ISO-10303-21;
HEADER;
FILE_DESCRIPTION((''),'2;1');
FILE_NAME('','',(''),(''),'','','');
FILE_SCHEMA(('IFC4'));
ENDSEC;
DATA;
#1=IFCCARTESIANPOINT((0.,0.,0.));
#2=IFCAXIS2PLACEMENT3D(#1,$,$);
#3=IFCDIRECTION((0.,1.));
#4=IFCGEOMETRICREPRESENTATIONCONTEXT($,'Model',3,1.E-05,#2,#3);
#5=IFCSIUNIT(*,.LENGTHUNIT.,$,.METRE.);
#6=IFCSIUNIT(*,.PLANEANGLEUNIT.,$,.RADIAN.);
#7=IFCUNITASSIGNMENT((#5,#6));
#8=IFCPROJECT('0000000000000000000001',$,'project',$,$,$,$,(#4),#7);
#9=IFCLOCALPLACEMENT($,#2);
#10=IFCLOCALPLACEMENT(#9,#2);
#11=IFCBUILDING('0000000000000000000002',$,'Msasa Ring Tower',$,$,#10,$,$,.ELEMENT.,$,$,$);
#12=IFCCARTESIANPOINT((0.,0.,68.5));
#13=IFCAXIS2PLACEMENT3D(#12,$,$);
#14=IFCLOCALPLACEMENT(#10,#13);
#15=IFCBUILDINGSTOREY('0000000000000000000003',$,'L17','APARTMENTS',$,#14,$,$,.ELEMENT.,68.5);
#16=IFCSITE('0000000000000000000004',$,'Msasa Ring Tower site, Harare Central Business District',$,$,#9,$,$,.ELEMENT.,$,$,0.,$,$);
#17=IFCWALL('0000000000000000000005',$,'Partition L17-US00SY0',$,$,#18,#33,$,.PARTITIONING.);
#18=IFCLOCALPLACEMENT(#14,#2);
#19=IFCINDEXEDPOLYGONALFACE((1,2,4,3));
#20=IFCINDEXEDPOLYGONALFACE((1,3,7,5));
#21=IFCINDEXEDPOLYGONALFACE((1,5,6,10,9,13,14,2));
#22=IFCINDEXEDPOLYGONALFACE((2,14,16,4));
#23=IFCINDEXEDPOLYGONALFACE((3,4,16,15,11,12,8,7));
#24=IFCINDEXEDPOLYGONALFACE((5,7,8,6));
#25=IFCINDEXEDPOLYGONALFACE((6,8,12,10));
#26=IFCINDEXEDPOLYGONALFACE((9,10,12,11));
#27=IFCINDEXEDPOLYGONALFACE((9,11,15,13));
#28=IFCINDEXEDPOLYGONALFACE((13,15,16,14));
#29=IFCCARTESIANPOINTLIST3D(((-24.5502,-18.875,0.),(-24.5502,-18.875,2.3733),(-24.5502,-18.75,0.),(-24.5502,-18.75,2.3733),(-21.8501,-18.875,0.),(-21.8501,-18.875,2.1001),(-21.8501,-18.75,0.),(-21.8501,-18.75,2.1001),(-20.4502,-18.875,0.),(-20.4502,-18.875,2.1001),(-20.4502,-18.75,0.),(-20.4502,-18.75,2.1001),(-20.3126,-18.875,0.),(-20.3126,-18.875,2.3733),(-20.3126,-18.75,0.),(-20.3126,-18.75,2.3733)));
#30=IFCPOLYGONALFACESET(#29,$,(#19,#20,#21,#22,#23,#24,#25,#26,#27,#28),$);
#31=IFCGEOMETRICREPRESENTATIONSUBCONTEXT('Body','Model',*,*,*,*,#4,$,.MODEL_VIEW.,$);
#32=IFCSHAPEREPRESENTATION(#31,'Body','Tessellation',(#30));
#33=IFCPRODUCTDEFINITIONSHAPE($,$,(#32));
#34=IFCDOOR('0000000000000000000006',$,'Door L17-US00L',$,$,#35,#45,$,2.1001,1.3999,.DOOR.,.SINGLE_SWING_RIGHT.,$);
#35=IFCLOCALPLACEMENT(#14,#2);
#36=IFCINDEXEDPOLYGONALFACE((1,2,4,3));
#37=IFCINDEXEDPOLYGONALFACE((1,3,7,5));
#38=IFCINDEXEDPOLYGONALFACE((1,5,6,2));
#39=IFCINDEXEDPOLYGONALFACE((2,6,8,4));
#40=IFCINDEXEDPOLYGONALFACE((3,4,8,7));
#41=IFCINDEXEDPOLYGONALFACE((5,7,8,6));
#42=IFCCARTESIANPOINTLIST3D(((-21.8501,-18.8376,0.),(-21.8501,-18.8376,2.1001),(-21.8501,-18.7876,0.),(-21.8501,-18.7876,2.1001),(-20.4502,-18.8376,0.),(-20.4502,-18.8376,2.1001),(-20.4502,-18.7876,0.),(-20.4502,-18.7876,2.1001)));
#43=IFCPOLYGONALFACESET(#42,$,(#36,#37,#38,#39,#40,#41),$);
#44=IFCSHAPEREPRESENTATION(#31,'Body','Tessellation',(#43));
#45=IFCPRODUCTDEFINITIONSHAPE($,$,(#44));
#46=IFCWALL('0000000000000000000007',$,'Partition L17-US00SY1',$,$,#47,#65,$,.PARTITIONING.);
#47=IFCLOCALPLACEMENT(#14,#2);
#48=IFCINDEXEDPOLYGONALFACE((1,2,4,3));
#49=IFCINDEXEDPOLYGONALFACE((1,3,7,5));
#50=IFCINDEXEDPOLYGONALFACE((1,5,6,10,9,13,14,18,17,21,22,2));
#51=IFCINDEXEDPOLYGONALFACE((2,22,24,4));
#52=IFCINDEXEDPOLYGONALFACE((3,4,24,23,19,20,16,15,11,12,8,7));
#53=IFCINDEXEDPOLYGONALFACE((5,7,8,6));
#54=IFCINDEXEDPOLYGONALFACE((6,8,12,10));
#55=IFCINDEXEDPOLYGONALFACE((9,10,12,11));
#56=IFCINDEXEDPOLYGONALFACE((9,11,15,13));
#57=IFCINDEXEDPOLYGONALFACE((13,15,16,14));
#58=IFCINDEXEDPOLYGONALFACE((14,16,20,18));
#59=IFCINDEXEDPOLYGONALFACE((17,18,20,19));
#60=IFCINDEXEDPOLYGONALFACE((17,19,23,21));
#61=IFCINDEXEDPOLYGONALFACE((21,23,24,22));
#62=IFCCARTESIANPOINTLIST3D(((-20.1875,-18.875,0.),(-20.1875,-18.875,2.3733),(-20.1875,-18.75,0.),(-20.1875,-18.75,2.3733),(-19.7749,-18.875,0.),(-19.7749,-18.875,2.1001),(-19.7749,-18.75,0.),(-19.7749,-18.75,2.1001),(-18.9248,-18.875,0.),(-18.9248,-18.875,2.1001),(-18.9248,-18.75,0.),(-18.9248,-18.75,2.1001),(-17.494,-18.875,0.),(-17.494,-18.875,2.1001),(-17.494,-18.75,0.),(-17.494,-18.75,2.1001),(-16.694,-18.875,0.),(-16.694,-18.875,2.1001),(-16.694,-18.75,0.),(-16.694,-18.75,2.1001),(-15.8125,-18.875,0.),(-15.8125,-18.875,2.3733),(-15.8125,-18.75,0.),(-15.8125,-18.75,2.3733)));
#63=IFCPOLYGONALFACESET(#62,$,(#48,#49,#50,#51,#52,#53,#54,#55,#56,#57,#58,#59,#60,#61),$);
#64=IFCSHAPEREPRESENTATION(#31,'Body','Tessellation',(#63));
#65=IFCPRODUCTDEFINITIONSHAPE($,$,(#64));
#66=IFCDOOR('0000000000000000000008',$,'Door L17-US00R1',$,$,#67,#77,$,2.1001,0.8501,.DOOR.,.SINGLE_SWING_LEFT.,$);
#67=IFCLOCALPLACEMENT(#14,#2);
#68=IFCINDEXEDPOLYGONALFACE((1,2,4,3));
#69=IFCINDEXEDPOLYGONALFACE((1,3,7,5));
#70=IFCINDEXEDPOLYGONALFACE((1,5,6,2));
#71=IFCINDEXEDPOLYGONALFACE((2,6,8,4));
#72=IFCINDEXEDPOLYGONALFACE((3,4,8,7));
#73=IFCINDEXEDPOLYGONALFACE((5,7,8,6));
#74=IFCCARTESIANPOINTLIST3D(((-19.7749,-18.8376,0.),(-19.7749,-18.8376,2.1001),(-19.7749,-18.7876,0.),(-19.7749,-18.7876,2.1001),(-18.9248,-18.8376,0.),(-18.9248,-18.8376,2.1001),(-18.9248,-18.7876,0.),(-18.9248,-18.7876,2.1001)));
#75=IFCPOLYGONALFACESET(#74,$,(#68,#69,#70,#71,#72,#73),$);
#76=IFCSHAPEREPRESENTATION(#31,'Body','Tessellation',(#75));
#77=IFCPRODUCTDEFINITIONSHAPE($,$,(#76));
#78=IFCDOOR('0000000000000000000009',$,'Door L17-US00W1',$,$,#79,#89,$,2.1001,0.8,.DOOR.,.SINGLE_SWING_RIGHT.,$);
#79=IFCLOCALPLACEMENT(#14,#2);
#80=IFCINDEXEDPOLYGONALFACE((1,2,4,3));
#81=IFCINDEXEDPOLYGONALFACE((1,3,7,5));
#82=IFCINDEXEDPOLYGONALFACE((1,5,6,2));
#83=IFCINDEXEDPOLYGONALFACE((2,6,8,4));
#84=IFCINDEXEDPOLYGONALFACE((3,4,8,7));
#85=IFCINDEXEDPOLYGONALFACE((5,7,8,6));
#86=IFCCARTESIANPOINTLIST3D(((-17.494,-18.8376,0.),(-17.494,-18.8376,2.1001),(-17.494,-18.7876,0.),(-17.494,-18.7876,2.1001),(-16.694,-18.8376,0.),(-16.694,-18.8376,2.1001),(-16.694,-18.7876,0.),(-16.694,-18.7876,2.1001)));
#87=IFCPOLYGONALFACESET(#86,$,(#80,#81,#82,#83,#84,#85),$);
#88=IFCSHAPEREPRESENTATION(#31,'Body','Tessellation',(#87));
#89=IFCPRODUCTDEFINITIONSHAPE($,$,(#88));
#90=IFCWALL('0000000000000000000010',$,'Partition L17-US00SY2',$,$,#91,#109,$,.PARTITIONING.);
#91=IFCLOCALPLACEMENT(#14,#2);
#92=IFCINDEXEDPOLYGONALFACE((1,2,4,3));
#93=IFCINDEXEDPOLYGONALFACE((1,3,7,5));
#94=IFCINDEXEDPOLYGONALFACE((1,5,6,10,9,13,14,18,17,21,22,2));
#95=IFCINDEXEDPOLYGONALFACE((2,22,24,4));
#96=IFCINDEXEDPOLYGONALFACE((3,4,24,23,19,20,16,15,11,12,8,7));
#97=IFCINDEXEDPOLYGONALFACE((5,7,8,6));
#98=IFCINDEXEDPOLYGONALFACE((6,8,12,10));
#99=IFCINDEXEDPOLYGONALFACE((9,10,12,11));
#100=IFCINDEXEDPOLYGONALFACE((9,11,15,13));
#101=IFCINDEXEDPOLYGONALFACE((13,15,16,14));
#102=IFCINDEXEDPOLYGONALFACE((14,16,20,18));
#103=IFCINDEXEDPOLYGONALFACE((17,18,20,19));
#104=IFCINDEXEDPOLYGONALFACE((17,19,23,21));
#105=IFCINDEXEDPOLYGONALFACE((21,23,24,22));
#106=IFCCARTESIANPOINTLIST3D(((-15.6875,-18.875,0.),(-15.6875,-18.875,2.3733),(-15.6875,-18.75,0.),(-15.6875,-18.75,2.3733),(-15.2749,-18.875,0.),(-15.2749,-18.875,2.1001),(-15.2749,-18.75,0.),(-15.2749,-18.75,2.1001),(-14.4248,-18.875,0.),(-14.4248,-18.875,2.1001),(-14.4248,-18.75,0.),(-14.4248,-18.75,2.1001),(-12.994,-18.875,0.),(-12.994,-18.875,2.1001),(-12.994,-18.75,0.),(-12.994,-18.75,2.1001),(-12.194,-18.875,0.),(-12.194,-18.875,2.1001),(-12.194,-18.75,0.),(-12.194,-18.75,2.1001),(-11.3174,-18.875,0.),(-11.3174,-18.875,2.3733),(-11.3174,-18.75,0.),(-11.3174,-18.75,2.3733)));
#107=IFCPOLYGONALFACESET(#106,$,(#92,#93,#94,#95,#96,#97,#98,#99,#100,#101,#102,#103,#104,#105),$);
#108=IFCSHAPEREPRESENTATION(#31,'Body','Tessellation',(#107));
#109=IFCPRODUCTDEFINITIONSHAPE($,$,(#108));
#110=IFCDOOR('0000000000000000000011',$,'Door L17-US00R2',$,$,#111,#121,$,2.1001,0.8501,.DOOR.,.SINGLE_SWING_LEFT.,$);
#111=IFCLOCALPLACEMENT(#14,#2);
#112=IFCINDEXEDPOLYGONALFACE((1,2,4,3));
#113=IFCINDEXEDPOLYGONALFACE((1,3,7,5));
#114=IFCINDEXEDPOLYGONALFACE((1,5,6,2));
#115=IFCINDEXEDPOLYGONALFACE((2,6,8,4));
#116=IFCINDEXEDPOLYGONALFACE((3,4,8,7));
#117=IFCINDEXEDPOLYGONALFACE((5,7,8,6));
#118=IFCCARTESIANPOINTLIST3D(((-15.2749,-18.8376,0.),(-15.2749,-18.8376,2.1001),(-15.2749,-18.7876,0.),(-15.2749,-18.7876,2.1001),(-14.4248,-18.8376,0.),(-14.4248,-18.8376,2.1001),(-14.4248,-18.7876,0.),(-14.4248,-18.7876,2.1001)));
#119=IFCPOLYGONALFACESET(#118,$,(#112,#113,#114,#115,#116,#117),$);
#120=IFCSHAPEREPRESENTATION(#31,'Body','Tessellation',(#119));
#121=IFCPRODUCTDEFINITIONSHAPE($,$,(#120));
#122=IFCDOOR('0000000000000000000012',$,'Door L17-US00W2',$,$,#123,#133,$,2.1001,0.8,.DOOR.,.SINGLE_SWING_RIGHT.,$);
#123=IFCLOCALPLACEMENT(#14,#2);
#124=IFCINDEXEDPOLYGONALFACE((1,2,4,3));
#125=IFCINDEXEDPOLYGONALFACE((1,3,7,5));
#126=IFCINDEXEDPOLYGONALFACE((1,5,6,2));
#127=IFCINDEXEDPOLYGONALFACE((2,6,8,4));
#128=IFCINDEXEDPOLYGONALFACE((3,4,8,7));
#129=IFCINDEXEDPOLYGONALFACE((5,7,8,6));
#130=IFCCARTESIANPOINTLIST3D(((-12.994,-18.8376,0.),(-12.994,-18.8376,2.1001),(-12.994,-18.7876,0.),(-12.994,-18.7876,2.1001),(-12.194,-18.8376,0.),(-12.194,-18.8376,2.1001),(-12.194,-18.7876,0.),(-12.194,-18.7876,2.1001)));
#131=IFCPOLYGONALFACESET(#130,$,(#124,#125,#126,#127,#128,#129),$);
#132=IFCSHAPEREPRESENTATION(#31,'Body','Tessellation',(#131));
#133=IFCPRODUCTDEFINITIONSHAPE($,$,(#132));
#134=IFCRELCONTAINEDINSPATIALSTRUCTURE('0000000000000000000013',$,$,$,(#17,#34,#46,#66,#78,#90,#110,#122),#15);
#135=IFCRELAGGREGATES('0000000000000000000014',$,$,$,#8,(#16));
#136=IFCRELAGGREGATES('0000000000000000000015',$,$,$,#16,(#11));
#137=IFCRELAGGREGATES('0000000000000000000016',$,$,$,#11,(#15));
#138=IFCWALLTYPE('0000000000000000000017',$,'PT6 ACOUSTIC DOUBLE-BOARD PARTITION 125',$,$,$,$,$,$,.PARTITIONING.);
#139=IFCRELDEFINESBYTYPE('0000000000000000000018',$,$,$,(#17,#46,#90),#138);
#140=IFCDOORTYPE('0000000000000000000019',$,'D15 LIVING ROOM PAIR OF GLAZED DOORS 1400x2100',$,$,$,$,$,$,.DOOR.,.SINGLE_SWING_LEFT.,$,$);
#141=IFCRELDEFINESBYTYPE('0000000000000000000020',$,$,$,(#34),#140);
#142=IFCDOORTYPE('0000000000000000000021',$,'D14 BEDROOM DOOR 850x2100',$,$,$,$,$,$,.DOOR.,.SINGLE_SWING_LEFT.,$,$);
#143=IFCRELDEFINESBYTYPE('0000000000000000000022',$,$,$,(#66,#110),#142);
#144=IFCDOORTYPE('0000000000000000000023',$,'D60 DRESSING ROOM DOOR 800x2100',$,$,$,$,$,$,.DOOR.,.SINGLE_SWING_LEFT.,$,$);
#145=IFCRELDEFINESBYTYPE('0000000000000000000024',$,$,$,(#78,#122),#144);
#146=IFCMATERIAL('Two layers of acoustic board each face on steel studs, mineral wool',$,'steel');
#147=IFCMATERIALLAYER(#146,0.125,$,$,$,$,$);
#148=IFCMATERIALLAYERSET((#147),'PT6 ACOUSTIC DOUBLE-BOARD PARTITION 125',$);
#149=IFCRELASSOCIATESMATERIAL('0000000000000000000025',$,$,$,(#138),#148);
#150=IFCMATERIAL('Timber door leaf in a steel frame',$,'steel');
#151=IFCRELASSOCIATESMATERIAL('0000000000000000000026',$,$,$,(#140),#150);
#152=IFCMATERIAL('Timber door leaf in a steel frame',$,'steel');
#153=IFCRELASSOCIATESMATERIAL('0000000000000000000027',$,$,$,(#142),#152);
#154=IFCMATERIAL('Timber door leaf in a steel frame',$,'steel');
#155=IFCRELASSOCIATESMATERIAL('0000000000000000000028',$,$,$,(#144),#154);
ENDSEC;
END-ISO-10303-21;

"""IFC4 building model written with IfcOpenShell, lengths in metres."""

from ifc_helpers import new_model, si_unit, direction, frame, frame_2d, origin, place, context, subcontext, project, spatial, rectangle, extrude, material, layer, layer_set, type_object, element, fill, save


model = new_model("IFC4")

# Units and contexts
model_context = context("Model", 3, precision=1e-05, world=origin(), true_north=direction((0.0, 1.0)))
body_context = subcontext(model_context, "Body", "Model", "MODEL_VIEW")
ifc_project = project(units=[si_unit("LENGTHUNIT", "METRE"), si_unit("PLANEANGLEUNIT", "RADIAN")], contexts=[model_context])

# Site, building, storey
site_placement = place(None, origin())
site = spatial("IfcSite", under=ifc_project, at=site_placement, Name="Msasa Ring Tower site, Harare Central Business District", CompositionType="ELEMENT", RefElevation=0.0)
building_placement = place(site_placement, origin())
building = spatial("IfcBuilding", under=site, at=building_placement, Name="Msasa Ring Tower", CompositionType="ELEMENT")
storey_placement = place(building_placement, frame((0.0, 0.0, 68.5)))
storey = spatial("IfcBuildingStorey", under=building, at=storey_placement, Name="L17", Description="APARTMENTS", CompositionType="ELEMENT", Elevation=68.5)

# Shared definitions
ifc_material_1 = material(Name="Two layers of acoustic board each face on steel studs, mineral wool", Category="steel")
ifc_layer_1 = layer(ifc_material_1, 0.125)
ifc_layer_set_1 = layer_set([ifc_layer_1], Name="PT6 ACOUSTIC DOUBLE-BOARD PARTITION 125")
wall_type_1 = type_object("IfcWallType", Name="PT6 ACOUSTIC DOUBLE-BOARD PARTITION 125", PredefinedType="PARTITIONING", material=ifc_layer_set_1)

# Wall, opening, door
wall_1_placement = place(storey_placement, frame((-24.55, -18.8125, 0.0), z_axis=(0.0, 0.0, 1.0), x_axis=(1.0, 0.0, 0.0)))
wall_1 = element("IfcWall", 1, at=wall_1_placement, inside=storey, type_object=wall_type_1, Name="Partition L17-US00SY0", PredefinedType="PARTITIONING", context=body_context, shape_type="SweptSolid", body=[
    extrude(rectangle(XDim=4.2375, YDim=0.125, at=frame_2d((2.1187, 0.0))), origin(), (0.0, 0.0, 1.0), 2.3733),
])
opening_1_placement = place(wall_1_placement, frame((2.7, 0.0, 0.0)))
opening_1 = element("IfcOpeningElement", 2, at=opening_1_placement, cuts=wall_1, PredefinedType="OPENING", context=body_context, shape_type="SweptSolid", body=[
    extrude(rectangle(XDim=1.3999, YDim=2.1001, at=frame_2d((0.7, 1.05))), frame((0.0, 0.0725, 0.0), z_axis=(0.0, -1.0, 0.0), x_axis=(1.0, 0.0, 0.0)), (0.0, 0.0, 1.0), 0.145),
])
ifc_material_2 = material(Name="Timber door leaf in a steel frame", Category="steel")
door_type_1 = type_object("IfcDoorType", Name="D15 LIVING ROOM PAIR OF GLAZED DOORS 1400x2100", OperationType="SINGLE_SWING_LEFT", PredefinedType="DOOR", material=ifc_material_2)
door_1_placement = place(opening_1_placement, origin())
door_1 = element("IfcDoor", 3, at=door_1_placement, inside=storey, type_object=door_type_1, Name="Door L17-US00L", OperationType="SINGLE_SWING_RIGHT", OverallHeight=2.1001, OverallWidth=1.3999, PredefinedType="DOOR", context=body_context, shape_type="SweptSolid", body=[
    extrude(rectangle(XDim=1.3999, YDim=2.1001, at=frame_2d((0.7, 1.05))), frame((0.0, 0.0249, 0.0), z_axis=(0.0, -1.0, 0.0), x_axis=(1.0, 0.0, 0.0)), (0.0, 0.0, 1.0), 0.05),
])
fill(opening_1, door_1)

# Walls, openings, doors
wall_2_placement = place(storey_placement, frame((-20.1875, -18.8125, 0.0), z_axis=(0.0, 0.0, 1.0), x_axis=(1.0, 0.0, 0.0)))
wall_2 = element("IfcWall", 4, at=wall_2_placement, inside=storey, type_object=wall_type_1, Name="Partition L17-US00SY1", PredefinedType="PARTITIONING", context=body_context, shape_type="SweptSolid", body=[
    extrude(rectangle(XDim=4.375, YDim=0.125, at=frame_2d((2.1875, 0.0))), origin(), (0.0, 0.0, 1.0), 2.3733),
])
opening_2_placement = place(wall_2_placement, frame((0.4126, 0.0, 0.0)))
opening_2 = element("IfcOpeningElement", 5, at=opening_2_placement, cuts=wall_2, PredefinedType="OPENING", context=body_context, shape_type="SweptSolid", body=[
    extrude(rectangle(XDim=0.8501, YDim=2.1001, at=frame_2d((0.425, 1.05))), frame((0.0, 0.0725, 0.0), z_axis=(0.0, -1.0, 0.0), x_axis=(1.0, 0.0, 0.0)), (0.0, 0.0, 1.0), 0.145),
])
opening_3_placement = place(wall_2_placement, frame((2.6936, 0.0, 0.0)))
opening_3 = element("IfcOpeningElement", 6, at=opening_3_placement, cuts=wall_2, PredefinedType="OPENING", context=body_context, shape_type="SweptSolid", body=[
    extrude(rectangle(XDim=0.8, YDim=2.1001, at=frame_2d((0.3999, 1.05))), frame((0.0, 0.0725, 0.0), z_axis=(0.0, -1.0, 0.0), x_axis=(1.0, 0.0, 0.0)), (0.0, 0.0, 1.0), 0.145),
])
ifc_material_3 = material(Name="Timber door leaf in a steel frame", Category="steel")
door_type_2 = type_object("IfcDoorType", Name="D14 BEDROOM DOOR 850x2100", OperationType="SINGLE_SWING_LEFT", PredefinedType="DOOR", material=ifc_material_3)
door_2_placement = place(opening_2_placement, origin())
door_2 = element("IfcDoor", 7, at=door_2_placement, inside=storey, type_object=door_type_2, Name="Door L17-US00R1", OperationType="SINGLE_SWING_LEFT", OverallHeight=2.1001, OverallWidth=0.8501, PredefinedType="DOOR", context=body_context, shape_type="SweptSolid", body=[
    extrude(rectangle(XDim=0.8501, YDim=2.1001, at=frame_2d((0.425, 1.05))), frame((0.0, 0.0249, 0.0), z_axis=(0.0, -1.0, 0.0), x_axis=(1.0, 0.0, 0.0)), (0.0, 0.0, 1.0), 0.05),
])
fill(opening_2, door_2)
ifc_material_4 = material(Name="Timber door leaf in a steel frame", Category="steel")
door_type_3 = type_object("IfcDoorType", Name="D60 DRESSING ROOM DOOR 800x2100", OperationType="SINGLE_SWING_LEFT", PredefinedType="DOOR", material=ifc_material_4)
door_3_placement = place(opening_3_placement, origin())
door_3 = element("IfcDoor", 8, at=door_3_placement, inside=storey, type_object=door_type_3, Name="Door L17-US00W1", OperationType="SINGLE_SWING_RIGHT", OverallHeight=2.1001, OverallWidth=0.8, PredefinedType="DOOR", context=body_context, shape_type="SweptSolid", body=[
    extrude(rectangle(XDim=0.8, YDim=2.1001, at=frame_2d((0.3999, 1.05))), frame((0.0, 0.0249, 0.0), z_axis=(0.0, -1.0, 0.0), x_axis=(1.0, 0.0, 0.0)), (0.0, 0.0, 1.0), 0.05),
])
fill(opening_3, door_3)
wall_3_placement = place(storey_placement, frame((-15.6875, -18.8125, 0.0), z_axis=(0.0, 0.0, 1.0), x_axis=(1.0, 0.0, 0.0)))
wall_3 = element("IfcWall", 9, at=wall_3_placement, inside=storey, type_object=wall_type_1, Name="Partition L17-US00SY2", PredefinedType="PARTITIONING", context=body_context, shape_type="SweptSolid", body=[
    extrude(rectangle(XDim=4.3701, YDim=0.125, at=frame_2d((2.1851, 0.0))), origin(), (0.0, 0.0, 1.0), 2.3733),
])
opening_4_placement = place(wall_3_placement, frame((0.4126, 0.0, 0.0)))
opening_4 = element("IfcOpeningElement", 10, at=opening_4_placement, cuts=wall_3, PredefinedType="OPENING", context=body_context, shape_type="SweptSolid", body=[
    extrude(rectangle(XDim=0.8501, YDim=2.1001, at=frame_2d((0.425, 1.05))), frame((0.0, 0.0725, 0.0), z_axis=(0.0, -1.0, 0.0), x_axis=(1.0, 0.0, 0.0)), (0.0, 0.0, 1.0), 0.145),
])
opening_5_placement = place(wall_3_placement, frame((2.6936, 0.0, 0.0)))
opening_5 = element("IfcOpeningElement", 11, at=opening_5_placement, cuts=wall_3, PredefinedType="OPENING", context=body_context, shape_type="SweptSolid", body=[
    extrude(rectangle(XDim=0.8, YDim=2.1001, at=frame_2d((0.3999, 1.05))), frame((0.0, 0.0725, 0.0), z_axis=(0.0, -1.0, 0.0), x_axis=(1.0, 0.0, 0.0)), (0.0, 0.0, 1.0), 0.145),
])
door_4_placement = place(opening_4_placement, origin())
door_4 = element("IfcDoor", 12, at=door_4_placement, inside=storey, type_object=door_type_2, Name="Door L17-US00R2", OperationType="SINGLE_SWING_LEFT", OverallHeight=2.1001, OverallWidth=0.8501, PredefinedType="DOOR", context=body_context, shape_type="SweptSolid", body=[
    extrude(rectangle(XDim=0.8501, YDim=2.1001, at=frame_2d((0.425, 1.05))), frame((0.0, 0.0249, 0.0), z_axis=(0.0, -1.0, 0.0), x_axis=(1.0, 0.0, 0.0)), (0.0, 0.0, 1.0), 0.05),
])
fill(opening_4, door_4)
door_5_placement = place(opening_5_placement, origin())
door_5 = element("IfcDoor", 13, at=door_5_placement, inside=storey, type_object=door_type_3, Name="Door L17-US00W2", OperationType="SINGLE_SWING_RIGHT", OverallHeight=2.1001, OverallWidth=0.8, PredefinedType="DOOR", context=body_context, shape_type="SweptSolid", body=[
    extrude(rectangle(XDim=0.8, YDim=2.1001, at=frame_2d((0.3999, 1.05))), frame((0.0, 0.0249, 0.0), z_axis=(0.0, -1.0, 0.0), x_axis=(1.0, 0.0, 0.0)), (0.0, 0.0, 1.0), 0.05),
])
fill(opening_5, door_5)

save(model, "model.ifc")
